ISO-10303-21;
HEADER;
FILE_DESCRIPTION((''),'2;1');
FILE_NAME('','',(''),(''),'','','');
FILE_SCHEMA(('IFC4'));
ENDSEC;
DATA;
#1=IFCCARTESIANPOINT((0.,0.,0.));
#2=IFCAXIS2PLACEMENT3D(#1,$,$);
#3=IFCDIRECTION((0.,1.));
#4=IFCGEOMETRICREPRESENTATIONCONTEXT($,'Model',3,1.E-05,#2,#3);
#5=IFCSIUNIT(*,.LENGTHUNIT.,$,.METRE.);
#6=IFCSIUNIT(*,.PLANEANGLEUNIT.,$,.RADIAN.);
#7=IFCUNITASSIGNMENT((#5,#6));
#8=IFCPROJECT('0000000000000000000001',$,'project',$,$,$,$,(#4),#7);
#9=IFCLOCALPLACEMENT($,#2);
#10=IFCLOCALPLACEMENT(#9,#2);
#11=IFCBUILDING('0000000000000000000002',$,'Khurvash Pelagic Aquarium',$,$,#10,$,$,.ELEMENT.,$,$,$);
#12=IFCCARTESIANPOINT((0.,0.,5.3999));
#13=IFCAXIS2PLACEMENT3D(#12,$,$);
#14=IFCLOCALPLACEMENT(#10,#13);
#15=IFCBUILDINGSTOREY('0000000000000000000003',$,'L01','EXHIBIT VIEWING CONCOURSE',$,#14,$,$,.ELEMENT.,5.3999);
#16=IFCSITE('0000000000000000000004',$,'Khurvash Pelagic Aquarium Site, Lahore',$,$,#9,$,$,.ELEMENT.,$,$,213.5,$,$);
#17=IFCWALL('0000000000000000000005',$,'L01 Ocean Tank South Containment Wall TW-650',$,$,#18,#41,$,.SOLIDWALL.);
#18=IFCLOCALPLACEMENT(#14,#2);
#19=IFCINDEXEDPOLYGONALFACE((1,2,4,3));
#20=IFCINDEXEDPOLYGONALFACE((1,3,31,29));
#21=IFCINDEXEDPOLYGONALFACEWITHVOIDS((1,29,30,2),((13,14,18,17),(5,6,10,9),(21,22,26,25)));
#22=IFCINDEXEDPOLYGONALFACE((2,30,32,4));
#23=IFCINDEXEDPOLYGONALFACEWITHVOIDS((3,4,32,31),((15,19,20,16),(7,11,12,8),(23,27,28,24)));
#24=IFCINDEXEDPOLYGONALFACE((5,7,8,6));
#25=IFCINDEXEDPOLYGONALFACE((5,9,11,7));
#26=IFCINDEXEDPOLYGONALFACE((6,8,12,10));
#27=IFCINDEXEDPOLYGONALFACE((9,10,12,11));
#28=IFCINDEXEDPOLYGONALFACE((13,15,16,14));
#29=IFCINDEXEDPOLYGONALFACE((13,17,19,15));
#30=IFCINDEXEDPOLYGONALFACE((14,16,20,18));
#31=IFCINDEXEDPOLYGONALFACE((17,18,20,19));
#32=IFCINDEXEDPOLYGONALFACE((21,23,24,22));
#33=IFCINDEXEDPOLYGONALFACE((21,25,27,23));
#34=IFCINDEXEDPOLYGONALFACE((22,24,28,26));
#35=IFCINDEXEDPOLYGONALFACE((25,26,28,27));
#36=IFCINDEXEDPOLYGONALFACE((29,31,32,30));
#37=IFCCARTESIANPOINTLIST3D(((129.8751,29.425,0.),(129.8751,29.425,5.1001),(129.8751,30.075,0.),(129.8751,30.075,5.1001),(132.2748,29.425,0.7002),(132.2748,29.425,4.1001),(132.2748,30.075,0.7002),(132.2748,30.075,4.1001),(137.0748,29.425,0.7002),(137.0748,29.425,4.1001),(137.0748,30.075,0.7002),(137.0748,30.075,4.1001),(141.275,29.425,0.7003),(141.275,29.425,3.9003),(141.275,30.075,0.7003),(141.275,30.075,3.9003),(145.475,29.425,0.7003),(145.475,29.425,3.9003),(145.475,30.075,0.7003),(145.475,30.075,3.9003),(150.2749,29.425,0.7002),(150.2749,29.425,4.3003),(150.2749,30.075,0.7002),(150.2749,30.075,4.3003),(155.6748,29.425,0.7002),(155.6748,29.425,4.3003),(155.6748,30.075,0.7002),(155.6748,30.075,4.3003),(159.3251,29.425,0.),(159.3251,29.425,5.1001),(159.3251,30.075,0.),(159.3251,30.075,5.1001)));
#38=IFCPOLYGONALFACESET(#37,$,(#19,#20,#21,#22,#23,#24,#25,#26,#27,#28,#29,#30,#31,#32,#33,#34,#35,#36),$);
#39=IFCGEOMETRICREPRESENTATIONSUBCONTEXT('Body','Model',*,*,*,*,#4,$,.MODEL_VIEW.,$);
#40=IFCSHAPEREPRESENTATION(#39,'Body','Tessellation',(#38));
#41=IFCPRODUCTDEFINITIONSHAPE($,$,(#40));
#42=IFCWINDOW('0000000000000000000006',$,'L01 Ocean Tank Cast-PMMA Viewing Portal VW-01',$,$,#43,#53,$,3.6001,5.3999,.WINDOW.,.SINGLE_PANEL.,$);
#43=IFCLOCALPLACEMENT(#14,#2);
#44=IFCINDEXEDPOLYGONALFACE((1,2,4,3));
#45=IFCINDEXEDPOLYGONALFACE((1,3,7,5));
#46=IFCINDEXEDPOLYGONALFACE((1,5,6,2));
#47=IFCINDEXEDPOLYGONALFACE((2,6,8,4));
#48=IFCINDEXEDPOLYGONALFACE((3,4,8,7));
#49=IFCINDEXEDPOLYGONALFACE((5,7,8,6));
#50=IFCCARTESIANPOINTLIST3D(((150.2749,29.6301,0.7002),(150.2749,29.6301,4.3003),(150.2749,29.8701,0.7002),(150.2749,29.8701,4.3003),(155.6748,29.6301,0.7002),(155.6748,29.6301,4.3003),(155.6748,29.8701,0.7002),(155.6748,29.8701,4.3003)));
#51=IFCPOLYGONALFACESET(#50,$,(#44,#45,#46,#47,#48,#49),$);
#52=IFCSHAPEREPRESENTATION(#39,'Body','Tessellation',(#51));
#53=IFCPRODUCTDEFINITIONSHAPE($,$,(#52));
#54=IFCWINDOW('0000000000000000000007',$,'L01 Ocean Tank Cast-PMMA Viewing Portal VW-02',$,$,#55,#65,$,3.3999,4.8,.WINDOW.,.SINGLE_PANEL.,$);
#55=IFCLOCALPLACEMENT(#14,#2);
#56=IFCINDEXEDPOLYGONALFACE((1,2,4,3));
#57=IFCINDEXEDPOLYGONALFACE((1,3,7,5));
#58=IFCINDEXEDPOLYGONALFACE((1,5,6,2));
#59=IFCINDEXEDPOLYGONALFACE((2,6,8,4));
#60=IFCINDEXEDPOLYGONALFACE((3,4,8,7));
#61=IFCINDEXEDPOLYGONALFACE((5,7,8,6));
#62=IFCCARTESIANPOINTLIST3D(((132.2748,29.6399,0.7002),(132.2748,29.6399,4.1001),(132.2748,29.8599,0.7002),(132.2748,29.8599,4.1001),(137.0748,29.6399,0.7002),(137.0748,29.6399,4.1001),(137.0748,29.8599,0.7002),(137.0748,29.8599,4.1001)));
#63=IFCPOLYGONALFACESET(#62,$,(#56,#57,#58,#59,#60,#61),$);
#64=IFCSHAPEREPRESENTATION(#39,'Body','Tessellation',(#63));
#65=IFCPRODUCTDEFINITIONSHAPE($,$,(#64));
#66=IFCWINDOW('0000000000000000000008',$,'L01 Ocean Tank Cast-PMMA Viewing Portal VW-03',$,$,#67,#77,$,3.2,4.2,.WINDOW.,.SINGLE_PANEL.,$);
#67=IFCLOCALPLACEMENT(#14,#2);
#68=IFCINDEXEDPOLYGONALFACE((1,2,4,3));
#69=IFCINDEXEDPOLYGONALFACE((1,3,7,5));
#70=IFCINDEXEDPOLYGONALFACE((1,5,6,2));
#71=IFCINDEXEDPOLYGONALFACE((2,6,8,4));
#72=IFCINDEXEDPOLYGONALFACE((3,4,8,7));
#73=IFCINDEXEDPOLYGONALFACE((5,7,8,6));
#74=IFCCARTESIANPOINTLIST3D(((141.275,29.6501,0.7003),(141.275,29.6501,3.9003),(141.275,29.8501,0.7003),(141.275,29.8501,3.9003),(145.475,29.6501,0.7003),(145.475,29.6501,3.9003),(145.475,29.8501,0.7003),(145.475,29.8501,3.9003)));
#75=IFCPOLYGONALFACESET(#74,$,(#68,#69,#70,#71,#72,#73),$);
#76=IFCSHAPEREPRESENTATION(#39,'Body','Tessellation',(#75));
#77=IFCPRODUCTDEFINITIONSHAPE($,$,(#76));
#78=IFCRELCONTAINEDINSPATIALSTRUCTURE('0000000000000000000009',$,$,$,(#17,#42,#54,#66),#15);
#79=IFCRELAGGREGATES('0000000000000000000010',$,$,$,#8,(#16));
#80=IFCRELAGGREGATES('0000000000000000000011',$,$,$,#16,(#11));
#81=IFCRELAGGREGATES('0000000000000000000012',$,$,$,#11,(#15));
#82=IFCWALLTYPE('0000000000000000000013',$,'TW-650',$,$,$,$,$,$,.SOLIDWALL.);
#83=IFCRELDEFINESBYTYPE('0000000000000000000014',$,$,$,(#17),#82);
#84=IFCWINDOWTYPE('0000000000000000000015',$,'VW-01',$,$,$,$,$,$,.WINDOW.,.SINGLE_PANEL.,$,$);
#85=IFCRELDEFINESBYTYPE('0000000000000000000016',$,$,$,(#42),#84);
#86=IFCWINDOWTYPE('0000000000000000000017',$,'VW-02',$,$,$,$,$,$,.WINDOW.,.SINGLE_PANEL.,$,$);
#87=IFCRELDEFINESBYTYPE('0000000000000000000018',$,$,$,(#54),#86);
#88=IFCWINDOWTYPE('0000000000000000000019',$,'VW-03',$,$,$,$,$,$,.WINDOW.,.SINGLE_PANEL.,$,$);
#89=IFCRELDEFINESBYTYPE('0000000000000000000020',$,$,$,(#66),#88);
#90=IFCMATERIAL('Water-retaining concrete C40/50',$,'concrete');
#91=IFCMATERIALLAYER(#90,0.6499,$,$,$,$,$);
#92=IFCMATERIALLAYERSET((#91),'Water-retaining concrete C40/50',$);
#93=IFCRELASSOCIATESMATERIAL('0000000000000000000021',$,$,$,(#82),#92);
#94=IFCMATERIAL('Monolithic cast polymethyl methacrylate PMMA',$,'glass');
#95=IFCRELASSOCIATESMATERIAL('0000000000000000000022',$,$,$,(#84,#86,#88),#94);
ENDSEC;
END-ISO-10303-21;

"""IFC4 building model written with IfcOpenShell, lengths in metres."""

from ifc_helpers import new_model, si_unit, direction, frame, frame_2d, origin, place, context, subcontext, project, spatial, rectangle, extrude, material, layer, layer_set, type_object, element, fill, save


model = new_model("IFC4")

# Units and contexts
model_context = context("Model", 3, precision=1e-05, world=origin(), true_north=direction((0.0, 1.0)))
body_context = subcontext(model_context, "Body", "Model", "MODEL_VIEW")
ifc_project = project(units=[si_unit("LENGTHUNIT", "METRE"), si_unit("PLANEANGLEUNIT", "RADIAN")], contexts=[model_context])

# Site, building, storey
site_placement = place(None, origin())
site = spatial("IfcSite", under=ifc_project, at=site_placement, Name="Khurvash Pelagic Aquarium Site, Lahore", CompositionType="ELEMENT", RefElevation=213.5)
building_placement = place(site_placement, origin())
building = spatial("IfcBuilding", under=site, at=building_placement, Name="Khurvash Pelagic Aquarium", CompositionType="ELEMENT")
storey_placement = place(building_placement, frame((0.0, 0.0, 5.3999)))
storey = spatial("IfcBuildingStorey", under=building, at=storey_placement, Name="L01", Description="EXHIBIT VIEWING CONCOURSE", CompositionType="ELEMENT", Elevation=5.3999)

# Wall, openings, windows
ifc_material_1 = material(Name="Water-retaining concrete C40/50", Category="concrete")
ifc_layer_1 = layer(ifc_material_1, 0.6499)
ifc_layer_set_1 = layer_set([ifc_layer_1], Name="Water-retaining concrete C40/50")
wall_type_1 = type_object("IfcWallType", Name="TW-650", PredefinedType="SOLIDWALL", material=ifc_layer_set_1)
wall_1_placement = place(storey_placement, frame((129.875, 29.75, 0.0), z_axis=(0.0, 0.0, 1.0), x_axis=(1.0, 0.0, 0.0)))
wall_1 = element("IfcWall", 1, at=wall_1_placement, inside=storey, type_object=wall_type_1, Name="L01 Ocean Tank South Containment Wall TW-650", PredefinedType="SOLIDWALL", context=body_context, shape_type="SweptSolid", body=[
    extrude(rectangle(XDim=29.45, YDim=0.6499, at=frame_2d((14.7251, 0.0))), origin(), (0.0, 0.0, 1.0), 5.1001),
])
opening_1_placement = place(wall_1_placement, frame((2.3999, 0.0, 0.7002)))
opening_1 = element("IfcOpeningElement", 2, at=opening_1_placement, cuts=wall_1, PredefinedType="OPENING", context=body_context, shape_type="SweptSolid", body=[
    extrude(rectangle(XDim=4.8, YDim=3.3999, at=frame_2d((2.3999, 1.7))), frame((0.0, 0.335, 0.0), z_axis=(0.0, -1.0, 0.0), x_axis=(1.0, 0.0, 0.0)), (0.0, 0.0, 1.0), 0.6699),
])
opening_2_placement = place(wall_1_placement, frame((11.3999, 0.0, 0.7002)))
opening_2 = element("IfcOpeningElement", 3, at=opening_2_placement, cuts=wall_1, PredefinedType="OPENING", context=body_context, shape_type="SweptSolid", body=[
    extrude(rectangle(XDim=4.2, YDim=3.2, at=frame_2d((2.1001, 1.6001))), frame((0.0, 0.335, 0.0), z_axis=(0.0, -1.0, 0.0), x_axis=(1.0, 0.0, 0.0)), (0.0, 0.0, 1.0), 0.6699),
])
opening_3_placement = place(wall_1_placement, frame((20.3999, 0.0, 0.7002)))
opening_3 = element("IfcOpeningElement", 4, at=opening_3_placement, cuts=wall_1, PredefinedType="OPENING", context=body_context, shape_type="SweptSolid", body=[
    extrude(rectangle(XDim=5.3999, YDim=3.6001, at=frame_2d((2.7, 1.8))), frame((0.0, 0.335, 0.0), z_axis=(0.0, -1.0, 0.0), x_axis=(1.0, 0.0, 0.0)), (0.0, 0.0, 1.0), 0.6699),
])
ifc_material_2 = material(Name="Monolithic cast polymethyl methacrylate PMMA", Category="glass")
window_type_1 = type_object("IfcWindowType", Name="VW-01", PartitioningType="SINGLE_PANEL", PredefinedType="WINDOW", material=ifc_material_2)
window_1_placement = place(opening_3_placement, origin())
window_1 = element("IfcWindow", 5, at=window_1_placement, inside=storey, type_object=window_type_1, Name="L01 Ocean Tank Cast-PMMA Viewing Portal VW-01", OverallHeight=3.6001, OverallWidth=5.3999, PartitioningType="SINGLE_PANEL", PredefinedType="WINDOW", context=body_context, shape_type="SweptSolid", body=[
    extrude(rectangle(XDim=5.3999, YDim=3.6001, at=frame_2d((2.7, 1.8))), frame((0.0, 0.1201, 0.0), z_axis=(0.0, -1.0, 0.0), x_axis=(1.0, 0.0, 0.0)), (0.0, 0.0, 1.0), 0.24),
])
fill(opening_3, window_1)
window_type_2 = type_object("IfcWindowType", Name="VW-02", PartitioningType="SINGLE_PANEL", PredefinedType="WINDOW", material=ifc_material_2)
window_2_placement = place(opening_1_placement, origin())
window_2 = element("IfcWindow", 6, at=window_2_placement, inside=storey, type_object=window_type_2, Name="L01 Ocean Tank Cast-PMMA Viewing Portal VW-02", OverallHeight=3.3999, OverallWidth=4.8, PartitioningType="SINGLE_PANEL", PredefinedType="WINDOW", context=body_context, shape_type="SweptSolid", body=[
    extrude(rectangle(XDim=4.8, YDim=3.3999, at=frame_2d((2.3999, 1.7))), frame((0.0, 0.1099, 0.0), z_axis=(0.0, -1.0, 0.0), x_axis=(1.0, 0.0, 0.0)), (0.0, 0.0, 1.0), 0.22),
])
fill(opening_1, window_2)
window_type_3 = type_object("IfcWindowType", Name="VW-03", PartitioningType="SINGLE_PANEL", PredefinedType="WINDOW", material=ifc_material_2)
window_3_placement = place(opening_2_placement, origin())
window_3 = element("IfcWindow", 7, at=window_3_placement, inside=storey, type_object=window_type_3, Name="L01 Ocean Tank Cast-PMMA Viewing Portal VW-03", OverallHeight=3.2, OverallWidth=4.2, PartitioningType="SINGLE_PANEL", PredefinedType="WINDOW", context=body_context, shape_type="SweptSolid", body=[
    extrude(rectangle(XDim=4.2, YDim=3.2, at=frame_2d((2.1001, 1.6001))), frame((0.0, 0.1001, 0.0), z_axis=(0.0, -1.0, 0.0), x_axis=(1.0, 0.0, 0.0)), (0.0, 0.0, 1.0), 0.2),
])
fill(opening_2, window_3)

save(model, "model.ifc")
